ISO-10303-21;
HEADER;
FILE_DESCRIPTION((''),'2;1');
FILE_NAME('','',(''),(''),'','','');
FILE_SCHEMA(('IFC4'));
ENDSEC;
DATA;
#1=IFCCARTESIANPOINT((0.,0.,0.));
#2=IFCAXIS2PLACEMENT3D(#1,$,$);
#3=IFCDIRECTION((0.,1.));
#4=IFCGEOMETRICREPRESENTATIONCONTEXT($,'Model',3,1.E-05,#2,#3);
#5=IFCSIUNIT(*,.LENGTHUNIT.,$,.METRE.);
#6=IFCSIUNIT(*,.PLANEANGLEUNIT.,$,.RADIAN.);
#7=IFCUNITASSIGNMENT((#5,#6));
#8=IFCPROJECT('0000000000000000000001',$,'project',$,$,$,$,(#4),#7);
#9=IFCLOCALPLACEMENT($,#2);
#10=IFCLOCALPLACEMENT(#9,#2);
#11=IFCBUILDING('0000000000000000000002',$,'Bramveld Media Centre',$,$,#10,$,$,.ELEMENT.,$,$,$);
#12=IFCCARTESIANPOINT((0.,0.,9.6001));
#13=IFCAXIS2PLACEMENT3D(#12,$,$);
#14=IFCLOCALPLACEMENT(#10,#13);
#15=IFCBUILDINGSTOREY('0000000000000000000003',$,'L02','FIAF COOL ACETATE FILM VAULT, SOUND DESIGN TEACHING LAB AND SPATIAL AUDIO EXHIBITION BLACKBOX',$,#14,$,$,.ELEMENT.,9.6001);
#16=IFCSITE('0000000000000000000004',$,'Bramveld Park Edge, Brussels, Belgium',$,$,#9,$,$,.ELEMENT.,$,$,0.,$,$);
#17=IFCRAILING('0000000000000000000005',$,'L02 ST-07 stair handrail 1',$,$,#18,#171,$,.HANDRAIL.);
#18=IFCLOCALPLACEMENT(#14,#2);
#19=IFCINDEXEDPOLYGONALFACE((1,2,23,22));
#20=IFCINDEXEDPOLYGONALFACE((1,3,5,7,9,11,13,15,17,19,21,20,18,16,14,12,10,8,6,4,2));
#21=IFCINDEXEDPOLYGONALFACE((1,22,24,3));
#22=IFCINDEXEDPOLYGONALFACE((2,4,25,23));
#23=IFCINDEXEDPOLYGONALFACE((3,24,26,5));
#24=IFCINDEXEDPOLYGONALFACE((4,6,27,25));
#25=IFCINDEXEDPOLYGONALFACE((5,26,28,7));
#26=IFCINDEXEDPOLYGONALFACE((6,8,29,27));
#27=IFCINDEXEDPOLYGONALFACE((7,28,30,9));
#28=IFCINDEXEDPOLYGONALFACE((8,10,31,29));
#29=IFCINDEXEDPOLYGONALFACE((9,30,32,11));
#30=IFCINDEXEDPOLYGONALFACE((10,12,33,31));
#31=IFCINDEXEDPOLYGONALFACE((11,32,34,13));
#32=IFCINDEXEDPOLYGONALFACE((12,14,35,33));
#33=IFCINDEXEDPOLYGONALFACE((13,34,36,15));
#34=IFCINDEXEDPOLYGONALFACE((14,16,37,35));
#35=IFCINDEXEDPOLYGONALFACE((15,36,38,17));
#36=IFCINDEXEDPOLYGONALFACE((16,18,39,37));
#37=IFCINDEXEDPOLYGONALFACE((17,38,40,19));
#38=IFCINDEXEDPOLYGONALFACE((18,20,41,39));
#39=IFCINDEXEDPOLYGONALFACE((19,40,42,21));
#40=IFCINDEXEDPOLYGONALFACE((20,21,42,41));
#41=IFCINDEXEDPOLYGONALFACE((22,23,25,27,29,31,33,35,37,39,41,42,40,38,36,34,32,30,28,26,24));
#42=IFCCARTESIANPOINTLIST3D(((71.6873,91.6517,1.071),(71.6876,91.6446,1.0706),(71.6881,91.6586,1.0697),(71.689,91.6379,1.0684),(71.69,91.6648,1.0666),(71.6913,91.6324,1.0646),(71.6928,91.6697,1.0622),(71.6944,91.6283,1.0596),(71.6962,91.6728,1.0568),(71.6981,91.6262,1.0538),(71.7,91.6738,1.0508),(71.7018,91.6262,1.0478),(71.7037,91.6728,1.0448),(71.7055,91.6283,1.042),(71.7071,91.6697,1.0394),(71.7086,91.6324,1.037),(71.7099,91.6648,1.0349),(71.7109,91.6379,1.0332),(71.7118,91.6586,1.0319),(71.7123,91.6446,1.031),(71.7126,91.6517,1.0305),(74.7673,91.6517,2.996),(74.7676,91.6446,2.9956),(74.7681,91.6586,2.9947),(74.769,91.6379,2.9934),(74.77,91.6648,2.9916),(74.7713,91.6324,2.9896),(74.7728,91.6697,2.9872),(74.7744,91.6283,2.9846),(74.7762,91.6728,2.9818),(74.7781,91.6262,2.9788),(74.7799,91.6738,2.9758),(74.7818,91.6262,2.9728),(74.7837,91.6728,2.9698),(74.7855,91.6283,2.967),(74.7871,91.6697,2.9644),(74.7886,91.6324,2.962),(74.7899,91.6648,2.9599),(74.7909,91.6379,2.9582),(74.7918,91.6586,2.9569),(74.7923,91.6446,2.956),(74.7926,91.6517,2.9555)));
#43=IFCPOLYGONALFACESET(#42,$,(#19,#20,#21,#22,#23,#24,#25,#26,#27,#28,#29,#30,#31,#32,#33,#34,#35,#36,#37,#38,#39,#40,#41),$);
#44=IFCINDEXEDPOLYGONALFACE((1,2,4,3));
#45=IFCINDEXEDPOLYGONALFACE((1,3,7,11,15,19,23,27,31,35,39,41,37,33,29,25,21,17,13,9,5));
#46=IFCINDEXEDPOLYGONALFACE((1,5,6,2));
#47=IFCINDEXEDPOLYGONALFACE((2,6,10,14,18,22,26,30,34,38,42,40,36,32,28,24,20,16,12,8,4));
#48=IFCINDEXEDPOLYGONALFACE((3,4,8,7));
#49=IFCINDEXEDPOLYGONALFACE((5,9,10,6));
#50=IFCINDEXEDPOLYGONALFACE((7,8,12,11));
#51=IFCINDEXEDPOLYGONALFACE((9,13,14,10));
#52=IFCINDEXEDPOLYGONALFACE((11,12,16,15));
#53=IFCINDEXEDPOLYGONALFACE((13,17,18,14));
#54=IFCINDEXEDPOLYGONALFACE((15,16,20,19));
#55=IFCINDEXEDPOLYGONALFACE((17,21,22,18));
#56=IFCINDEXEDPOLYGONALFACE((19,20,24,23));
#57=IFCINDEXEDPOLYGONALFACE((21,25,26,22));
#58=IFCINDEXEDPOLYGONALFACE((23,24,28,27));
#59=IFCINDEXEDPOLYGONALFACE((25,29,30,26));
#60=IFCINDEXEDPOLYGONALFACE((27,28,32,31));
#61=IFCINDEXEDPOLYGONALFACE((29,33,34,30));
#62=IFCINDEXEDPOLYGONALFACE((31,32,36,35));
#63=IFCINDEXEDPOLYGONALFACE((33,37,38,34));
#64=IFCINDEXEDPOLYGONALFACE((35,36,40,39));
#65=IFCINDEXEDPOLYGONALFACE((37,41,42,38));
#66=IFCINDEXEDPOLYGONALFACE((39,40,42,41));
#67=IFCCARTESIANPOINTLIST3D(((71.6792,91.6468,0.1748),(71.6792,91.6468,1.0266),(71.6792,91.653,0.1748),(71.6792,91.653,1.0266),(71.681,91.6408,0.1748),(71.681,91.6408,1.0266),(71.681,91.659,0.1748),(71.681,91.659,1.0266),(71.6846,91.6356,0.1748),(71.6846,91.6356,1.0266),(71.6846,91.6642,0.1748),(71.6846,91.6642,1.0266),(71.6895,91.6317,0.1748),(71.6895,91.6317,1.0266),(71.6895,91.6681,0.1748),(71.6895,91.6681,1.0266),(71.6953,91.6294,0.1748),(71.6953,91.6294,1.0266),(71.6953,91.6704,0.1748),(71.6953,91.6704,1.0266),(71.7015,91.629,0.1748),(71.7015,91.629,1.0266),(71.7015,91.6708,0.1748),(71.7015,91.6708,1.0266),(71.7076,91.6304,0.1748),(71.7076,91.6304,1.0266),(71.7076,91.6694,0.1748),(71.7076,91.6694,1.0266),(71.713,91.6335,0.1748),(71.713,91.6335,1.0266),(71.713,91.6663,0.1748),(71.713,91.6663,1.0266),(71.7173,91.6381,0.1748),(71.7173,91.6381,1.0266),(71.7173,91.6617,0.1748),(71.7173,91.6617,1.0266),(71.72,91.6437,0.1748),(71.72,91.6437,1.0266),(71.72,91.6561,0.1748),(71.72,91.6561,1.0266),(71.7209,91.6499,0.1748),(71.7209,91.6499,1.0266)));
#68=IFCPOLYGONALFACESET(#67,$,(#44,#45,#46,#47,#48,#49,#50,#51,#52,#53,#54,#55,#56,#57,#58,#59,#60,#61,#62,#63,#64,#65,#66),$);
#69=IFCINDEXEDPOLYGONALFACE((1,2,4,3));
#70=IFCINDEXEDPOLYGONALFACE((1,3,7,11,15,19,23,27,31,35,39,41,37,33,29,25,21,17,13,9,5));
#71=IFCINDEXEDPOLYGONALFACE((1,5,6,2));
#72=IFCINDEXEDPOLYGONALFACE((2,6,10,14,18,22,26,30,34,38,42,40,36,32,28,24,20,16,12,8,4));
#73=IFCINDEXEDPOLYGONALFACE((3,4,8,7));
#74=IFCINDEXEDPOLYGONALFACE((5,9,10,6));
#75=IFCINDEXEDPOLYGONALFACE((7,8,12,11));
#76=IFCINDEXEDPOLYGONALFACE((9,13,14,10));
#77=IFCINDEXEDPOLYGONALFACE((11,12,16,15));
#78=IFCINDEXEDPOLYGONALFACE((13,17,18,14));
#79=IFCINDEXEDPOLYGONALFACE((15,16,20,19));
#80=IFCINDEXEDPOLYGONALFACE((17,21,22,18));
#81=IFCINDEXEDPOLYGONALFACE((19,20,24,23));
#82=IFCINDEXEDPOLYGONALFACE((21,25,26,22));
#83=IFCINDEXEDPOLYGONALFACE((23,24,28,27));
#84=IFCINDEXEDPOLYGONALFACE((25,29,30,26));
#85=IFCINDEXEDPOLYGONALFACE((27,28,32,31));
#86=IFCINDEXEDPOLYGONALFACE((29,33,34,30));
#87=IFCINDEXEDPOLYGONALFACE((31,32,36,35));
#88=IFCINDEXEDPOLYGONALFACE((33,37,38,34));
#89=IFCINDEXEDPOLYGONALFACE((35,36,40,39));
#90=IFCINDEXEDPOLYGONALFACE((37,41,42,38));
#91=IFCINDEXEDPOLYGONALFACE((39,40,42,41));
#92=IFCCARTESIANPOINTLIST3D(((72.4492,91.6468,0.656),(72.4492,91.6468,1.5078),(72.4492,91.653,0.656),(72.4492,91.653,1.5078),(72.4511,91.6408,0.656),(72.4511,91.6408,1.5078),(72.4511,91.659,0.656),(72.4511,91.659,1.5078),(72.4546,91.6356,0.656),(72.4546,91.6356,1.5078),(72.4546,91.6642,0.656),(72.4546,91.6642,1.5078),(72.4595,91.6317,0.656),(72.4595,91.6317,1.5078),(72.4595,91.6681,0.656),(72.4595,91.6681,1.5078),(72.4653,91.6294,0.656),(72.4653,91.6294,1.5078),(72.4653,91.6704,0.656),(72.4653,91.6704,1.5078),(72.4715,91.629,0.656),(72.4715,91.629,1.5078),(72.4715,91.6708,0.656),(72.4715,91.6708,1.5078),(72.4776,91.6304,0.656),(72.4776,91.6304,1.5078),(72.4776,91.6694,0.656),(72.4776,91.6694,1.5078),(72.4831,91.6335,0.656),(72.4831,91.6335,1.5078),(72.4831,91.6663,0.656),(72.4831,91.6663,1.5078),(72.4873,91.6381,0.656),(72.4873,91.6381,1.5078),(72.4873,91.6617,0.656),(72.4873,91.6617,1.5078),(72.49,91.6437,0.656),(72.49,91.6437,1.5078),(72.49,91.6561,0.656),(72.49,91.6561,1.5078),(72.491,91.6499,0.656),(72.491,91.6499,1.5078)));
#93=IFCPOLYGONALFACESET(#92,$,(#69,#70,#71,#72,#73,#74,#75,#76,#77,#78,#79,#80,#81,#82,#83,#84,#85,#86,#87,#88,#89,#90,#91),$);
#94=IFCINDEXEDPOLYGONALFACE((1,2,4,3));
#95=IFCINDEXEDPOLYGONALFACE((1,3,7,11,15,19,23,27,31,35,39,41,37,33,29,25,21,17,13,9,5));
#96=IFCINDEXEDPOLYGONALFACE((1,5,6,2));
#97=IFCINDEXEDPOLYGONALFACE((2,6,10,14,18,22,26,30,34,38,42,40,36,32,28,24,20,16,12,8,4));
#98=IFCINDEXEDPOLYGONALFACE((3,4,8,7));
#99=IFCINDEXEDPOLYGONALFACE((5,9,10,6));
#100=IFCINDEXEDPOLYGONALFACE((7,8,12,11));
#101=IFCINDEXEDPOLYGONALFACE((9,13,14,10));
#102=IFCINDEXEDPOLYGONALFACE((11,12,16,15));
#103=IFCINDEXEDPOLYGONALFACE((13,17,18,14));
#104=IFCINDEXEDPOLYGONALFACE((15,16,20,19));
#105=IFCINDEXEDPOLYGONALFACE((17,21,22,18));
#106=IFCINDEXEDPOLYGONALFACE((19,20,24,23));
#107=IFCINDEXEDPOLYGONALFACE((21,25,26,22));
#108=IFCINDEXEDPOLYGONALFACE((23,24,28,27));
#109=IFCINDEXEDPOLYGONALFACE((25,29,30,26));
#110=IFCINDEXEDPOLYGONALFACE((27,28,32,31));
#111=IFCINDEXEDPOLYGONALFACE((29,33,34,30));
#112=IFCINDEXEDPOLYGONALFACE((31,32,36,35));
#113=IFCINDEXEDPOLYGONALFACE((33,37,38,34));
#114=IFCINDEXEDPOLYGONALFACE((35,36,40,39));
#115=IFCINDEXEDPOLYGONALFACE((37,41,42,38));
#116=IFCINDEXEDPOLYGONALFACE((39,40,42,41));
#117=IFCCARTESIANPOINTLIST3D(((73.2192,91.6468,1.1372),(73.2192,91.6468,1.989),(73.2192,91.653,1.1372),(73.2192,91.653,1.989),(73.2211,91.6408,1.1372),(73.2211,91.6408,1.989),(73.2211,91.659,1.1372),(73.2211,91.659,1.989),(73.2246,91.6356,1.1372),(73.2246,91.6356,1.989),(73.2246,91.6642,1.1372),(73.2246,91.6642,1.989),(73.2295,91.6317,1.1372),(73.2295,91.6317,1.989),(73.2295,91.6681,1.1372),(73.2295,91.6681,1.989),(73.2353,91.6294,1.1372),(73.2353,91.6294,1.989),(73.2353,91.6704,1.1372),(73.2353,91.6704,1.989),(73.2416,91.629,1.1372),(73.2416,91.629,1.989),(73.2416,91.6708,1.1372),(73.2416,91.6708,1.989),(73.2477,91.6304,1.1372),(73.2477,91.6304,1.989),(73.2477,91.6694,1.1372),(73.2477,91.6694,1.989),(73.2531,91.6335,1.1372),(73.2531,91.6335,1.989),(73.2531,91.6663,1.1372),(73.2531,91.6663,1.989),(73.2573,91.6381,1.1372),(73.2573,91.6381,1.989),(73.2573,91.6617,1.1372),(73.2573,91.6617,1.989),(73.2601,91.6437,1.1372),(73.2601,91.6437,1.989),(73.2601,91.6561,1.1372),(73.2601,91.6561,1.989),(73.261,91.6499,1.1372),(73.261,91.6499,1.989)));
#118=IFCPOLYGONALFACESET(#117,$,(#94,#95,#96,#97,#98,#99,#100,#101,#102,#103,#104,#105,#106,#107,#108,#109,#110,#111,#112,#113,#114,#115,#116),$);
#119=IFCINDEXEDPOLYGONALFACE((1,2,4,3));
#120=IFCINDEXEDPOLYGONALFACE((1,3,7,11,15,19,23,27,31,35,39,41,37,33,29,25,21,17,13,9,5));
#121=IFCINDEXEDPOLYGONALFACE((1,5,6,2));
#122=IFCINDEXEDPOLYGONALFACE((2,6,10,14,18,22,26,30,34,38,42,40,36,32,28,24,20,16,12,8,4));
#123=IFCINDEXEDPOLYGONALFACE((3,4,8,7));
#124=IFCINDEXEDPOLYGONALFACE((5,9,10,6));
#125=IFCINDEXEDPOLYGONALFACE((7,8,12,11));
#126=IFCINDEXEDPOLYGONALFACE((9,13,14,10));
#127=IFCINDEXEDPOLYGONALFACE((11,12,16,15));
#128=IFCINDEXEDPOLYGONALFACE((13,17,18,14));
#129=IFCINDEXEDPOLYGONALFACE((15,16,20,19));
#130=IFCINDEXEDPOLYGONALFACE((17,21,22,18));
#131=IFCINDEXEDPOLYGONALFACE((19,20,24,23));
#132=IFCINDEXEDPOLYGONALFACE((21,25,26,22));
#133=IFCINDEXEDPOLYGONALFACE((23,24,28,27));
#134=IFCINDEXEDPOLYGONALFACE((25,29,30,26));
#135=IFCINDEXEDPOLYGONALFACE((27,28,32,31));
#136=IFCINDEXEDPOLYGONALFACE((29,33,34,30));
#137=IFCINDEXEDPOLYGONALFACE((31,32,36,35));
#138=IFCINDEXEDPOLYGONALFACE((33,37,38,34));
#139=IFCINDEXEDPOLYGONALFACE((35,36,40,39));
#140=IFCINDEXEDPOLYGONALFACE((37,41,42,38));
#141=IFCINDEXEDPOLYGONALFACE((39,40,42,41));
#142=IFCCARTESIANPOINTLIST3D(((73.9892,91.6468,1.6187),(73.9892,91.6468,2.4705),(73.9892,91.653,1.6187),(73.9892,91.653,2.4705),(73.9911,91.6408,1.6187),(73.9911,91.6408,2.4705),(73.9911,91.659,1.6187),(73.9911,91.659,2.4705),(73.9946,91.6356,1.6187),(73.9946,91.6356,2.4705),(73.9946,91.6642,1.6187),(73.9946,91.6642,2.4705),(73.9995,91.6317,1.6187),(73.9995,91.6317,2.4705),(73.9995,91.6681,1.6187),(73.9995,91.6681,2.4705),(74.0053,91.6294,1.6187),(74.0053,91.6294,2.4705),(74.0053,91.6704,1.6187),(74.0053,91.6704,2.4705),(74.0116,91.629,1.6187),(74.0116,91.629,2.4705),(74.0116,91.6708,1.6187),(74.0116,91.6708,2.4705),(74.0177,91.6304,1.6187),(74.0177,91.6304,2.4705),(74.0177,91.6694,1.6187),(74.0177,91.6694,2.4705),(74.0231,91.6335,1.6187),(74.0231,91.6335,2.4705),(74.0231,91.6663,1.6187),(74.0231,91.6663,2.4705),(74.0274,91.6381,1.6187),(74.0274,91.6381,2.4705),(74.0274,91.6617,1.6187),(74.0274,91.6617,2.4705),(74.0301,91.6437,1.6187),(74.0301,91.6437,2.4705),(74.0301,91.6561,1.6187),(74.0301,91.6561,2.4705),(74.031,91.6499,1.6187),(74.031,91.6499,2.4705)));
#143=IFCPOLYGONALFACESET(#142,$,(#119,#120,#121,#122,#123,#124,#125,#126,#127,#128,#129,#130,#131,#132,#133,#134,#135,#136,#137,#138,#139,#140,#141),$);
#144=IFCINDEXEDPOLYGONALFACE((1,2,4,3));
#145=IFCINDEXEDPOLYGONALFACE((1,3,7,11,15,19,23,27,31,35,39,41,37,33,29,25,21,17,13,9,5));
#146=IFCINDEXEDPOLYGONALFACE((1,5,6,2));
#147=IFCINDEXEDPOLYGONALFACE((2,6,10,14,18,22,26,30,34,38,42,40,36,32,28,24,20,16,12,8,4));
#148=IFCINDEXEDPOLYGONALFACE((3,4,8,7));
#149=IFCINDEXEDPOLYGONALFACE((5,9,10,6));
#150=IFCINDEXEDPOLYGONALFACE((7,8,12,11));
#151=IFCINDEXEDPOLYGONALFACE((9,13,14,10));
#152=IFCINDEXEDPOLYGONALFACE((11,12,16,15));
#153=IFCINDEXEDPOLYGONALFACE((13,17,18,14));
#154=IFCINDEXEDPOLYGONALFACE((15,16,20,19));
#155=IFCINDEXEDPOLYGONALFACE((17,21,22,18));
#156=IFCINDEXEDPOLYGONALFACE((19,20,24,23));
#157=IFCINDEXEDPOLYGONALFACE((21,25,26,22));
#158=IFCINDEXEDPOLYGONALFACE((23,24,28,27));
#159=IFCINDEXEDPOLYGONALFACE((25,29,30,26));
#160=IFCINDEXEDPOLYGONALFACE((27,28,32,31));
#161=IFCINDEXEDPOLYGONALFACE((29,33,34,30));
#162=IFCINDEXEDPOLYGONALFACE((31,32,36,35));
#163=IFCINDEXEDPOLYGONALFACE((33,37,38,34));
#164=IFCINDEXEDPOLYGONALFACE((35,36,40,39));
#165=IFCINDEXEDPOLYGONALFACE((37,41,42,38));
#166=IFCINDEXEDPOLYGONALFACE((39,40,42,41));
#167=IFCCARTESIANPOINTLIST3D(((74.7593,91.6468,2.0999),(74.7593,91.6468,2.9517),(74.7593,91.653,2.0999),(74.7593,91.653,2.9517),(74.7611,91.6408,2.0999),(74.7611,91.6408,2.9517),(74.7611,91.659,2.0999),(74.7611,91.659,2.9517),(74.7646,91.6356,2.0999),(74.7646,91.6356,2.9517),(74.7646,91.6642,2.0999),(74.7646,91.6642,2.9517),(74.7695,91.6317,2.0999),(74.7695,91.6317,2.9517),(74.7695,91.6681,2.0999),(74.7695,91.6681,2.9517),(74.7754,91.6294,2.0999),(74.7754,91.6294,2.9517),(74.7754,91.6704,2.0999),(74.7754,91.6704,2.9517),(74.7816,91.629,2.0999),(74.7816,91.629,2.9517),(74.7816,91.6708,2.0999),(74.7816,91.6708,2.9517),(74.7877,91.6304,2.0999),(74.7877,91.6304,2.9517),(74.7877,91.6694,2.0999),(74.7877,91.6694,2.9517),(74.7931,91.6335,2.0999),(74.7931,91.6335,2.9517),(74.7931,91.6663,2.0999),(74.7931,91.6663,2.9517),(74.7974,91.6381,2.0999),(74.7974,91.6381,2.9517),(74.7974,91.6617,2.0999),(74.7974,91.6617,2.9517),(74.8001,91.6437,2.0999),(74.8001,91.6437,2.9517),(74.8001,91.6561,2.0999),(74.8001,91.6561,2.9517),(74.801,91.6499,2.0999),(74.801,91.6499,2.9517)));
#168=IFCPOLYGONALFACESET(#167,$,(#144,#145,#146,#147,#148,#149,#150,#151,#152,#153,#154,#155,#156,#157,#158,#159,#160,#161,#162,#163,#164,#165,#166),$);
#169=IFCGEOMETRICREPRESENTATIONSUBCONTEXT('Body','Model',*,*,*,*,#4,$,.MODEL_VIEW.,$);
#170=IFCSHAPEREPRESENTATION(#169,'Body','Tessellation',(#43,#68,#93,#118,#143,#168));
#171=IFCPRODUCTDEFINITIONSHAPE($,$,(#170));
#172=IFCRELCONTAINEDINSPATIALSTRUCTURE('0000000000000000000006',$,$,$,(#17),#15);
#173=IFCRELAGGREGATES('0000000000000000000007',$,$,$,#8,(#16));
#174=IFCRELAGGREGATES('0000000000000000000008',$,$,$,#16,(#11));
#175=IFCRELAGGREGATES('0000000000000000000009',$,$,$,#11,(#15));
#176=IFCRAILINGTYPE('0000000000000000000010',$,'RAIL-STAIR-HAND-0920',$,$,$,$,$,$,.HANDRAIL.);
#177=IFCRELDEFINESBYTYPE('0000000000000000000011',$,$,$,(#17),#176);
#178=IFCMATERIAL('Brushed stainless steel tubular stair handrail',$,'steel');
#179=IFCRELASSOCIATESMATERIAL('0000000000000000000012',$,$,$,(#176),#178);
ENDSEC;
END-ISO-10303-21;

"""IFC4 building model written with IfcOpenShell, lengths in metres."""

from ifc_helpers import new_model, si_unit, direction, frame, origin, origin_2d, place, context, subcontext, project, spatial, circle, extrude, material, type_object, element, save


model = new_model("IFC4")

# Units and contexts
model_context = context("Model", 3, precision=1e-05, world=origin(), true_north=direction((0.0, 1.0)))
body_context = subcontext(model_context, "Body", "Model", "MODEL_VIEW")
ifc_project = project(units=[si_unit("LENGTHUNIT", "METRE"), si_unit("PLANEANGLEUNIT", "RADIAN")], contexts=[model_context])

# Site, building, storey
site_placement = place(None, origin())
site = spatial("IfcSite", under=ifc_project, at=site_placement, Name="Bramveld Park Edge, Brussels, Belgium", CompositionType="ELEMENT", RefElevation=0.0)
building_placement = place(site_placement, origin())
building = spatial("IfcBuilding", under=site, at=building_placement, Name="Bramveld Media Centre", CompositionType="ELEMENT")
storey_placement = place(building_placement, frame((0.0, 0.0, 9.6001)))
storey = spatial("IfcBuildingStorey", under=building, at=storey_placement, Name="L02", Description="FIAF COOL ACETATE FILM VAULT, SOUND DESIGN TEACHING LAB AND SPATIAL AUDIO EXHIBITION BLACKBOX", CompositionType="ELEMENT", Elevation=9.6001)

# Railing
ifc_material_1 = material(Name="Brushed stainless steel tubular stair handrail", Category="steel")
railing_type_1 = type_object("IfcRailingType", Name="RAIL-STAIR-HAND-0920", PredefinedType="HANDRAIL", material=ifc_material_1)
railing_1_placement = place(storey_placement, frame((71.7, 91.6499, 0.1748)))
element("IfcRailing", 1, at=railing_1_placement, inside=storey, type_object=railing_type_1, Name="L02 ST-07 stair handrail 1", PredefinedType="HANDRAIL", context=body_context, shape_type="SweptSolid", body=[
    extrude(circle(Radius=0.0239, at=origin_2d()), frame((0.0, 0.0, 0.876), z_axis=(0.847998, 0.0, 0.529999), x_axis=(0.0, 1.0, 0.0)), (0.0, 0.0, 1.0), 3.6321),
    extrude(circle(Radius=0.021, at=origin_2d()), origin(), (0.0, 0.0, 1.0), 0.8518),
    extrude(circle(Radius=0.021, at=origin_2d()), frame((0.77, 0.0, 0.4812)), (0.0, 0.0, 1.0), 0.8518),
    extrude(circle(Radius=0.021, at=origin_2d()), frame((1.54, 0.0, 0.9624)), (0.0, 0.0, 1.0), 0.8518),
    extrude(circle(Radius=0.021, at=origin_2d()), frame((2.3101, 0.0, 1.4438)), (0.0, 0.0, 1.0), 0.8518),
    extrude(circle(Radius=0.021, at=origin_2d()), frame((3.0801, 0.0, 1.925)), (0.0, 0.0, 1.0), 0.8518),
])

save(model, "model.ifc")
